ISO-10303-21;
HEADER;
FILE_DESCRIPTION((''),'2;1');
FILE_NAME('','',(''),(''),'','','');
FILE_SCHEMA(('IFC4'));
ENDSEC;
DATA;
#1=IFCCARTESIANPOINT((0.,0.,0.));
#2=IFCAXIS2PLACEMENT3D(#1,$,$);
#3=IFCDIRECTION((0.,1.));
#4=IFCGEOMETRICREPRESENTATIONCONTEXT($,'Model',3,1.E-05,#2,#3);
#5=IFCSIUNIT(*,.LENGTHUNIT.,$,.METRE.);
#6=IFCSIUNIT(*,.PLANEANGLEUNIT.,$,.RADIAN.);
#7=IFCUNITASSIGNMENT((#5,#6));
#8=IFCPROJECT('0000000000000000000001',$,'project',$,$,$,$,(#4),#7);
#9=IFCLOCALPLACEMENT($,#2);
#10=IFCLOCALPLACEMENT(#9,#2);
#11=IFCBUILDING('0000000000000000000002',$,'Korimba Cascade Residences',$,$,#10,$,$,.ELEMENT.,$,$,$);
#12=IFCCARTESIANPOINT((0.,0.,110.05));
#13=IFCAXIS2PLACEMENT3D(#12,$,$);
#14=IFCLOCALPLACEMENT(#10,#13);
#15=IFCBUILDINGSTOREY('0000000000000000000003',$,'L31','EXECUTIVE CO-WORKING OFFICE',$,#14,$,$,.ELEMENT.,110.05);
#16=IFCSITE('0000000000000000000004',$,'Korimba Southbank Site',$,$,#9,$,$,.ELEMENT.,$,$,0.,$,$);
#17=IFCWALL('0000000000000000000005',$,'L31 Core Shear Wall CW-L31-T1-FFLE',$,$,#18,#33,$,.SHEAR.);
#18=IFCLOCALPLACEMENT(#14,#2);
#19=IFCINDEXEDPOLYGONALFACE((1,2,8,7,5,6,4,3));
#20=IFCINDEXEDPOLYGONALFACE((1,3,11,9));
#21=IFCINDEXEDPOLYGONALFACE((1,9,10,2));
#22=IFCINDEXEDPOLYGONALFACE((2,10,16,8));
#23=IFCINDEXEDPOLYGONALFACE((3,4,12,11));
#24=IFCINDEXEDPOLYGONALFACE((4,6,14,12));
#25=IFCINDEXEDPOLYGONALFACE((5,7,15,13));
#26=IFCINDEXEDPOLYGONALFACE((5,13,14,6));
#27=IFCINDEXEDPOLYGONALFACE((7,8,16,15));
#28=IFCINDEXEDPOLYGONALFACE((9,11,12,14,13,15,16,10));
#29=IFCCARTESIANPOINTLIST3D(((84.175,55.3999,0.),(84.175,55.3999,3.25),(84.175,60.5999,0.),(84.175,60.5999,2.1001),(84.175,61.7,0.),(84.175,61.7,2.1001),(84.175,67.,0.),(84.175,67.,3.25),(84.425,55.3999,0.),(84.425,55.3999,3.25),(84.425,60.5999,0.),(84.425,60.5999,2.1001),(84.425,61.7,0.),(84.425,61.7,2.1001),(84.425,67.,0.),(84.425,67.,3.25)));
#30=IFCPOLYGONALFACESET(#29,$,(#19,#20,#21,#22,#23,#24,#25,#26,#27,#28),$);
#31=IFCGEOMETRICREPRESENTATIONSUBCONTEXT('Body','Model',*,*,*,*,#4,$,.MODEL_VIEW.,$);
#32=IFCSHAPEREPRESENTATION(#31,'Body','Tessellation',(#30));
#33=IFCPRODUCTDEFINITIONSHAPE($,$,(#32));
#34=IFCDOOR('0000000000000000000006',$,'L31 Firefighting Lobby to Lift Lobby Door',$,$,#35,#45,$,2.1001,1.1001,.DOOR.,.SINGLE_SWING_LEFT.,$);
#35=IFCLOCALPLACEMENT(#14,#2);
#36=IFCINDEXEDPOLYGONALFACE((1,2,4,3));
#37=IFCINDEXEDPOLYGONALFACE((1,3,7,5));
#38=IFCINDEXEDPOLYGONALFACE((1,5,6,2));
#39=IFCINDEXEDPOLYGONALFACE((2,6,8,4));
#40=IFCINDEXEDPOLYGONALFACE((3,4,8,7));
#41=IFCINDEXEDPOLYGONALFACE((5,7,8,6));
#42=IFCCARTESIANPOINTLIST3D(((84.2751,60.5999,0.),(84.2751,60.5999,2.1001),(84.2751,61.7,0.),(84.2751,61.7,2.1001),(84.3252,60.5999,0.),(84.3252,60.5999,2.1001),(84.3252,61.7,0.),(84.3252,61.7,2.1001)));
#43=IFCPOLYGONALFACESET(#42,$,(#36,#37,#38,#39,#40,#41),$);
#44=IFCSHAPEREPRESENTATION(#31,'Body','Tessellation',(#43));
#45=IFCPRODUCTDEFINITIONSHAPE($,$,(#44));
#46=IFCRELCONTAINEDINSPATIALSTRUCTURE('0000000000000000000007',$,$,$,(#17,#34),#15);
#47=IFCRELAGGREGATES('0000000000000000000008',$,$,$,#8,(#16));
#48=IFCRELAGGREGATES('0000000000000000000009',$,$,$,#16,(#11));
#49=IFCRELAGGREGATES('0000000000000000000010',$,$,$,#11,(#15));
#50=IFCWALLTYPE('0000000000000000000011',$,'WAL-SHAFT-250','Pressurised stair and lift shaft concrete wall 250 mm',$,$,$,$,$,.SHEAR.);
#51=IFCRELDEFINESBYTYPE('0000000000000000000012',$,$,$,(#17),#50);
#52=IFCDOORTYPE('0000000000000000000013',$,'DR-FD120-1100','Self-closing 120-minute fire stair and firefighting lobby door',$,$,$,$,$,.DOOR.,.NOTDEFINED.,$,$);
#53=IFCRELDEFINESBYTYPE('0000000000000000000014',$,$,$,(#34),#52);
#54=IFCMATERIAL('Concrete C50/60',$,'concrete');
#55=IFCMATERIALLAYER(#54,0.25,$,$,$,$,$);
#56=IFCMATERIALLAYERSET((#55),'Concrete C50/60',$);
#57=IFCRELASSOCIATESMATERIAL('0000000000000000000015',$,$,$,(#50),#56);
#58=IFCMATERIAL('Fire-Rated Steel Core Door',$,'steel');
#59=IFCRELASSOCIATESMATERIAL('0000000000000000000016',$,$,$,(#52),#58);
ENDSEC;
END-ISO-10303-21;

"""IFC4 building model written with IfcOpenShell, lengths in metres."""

from ifc_helpers import new_model, si_unit, direction, frame, frame_2d, origin, place, context, subcontext, project, spatial, rectangle, extrude, material, layer, layer_set, type_object, element, fill, save


model = new_model("IFC4")

# Units and contexts
model_context = context("Model", 3, precision=1e-05, world=origin(), true_north=direction((0.0, 1.0)))
body_context = subcontext(model_context, "Body", "Model", "MODEL_VIEW")
ifc_project = project(units=[si_unit("LENGTHUNIT", "METRE"), si_unit("PLANEANGLEUNIT", "RADIAN")], contexts=[model_context])

# Site, building, storey
site_placement = place(None, origin())
site = spatial("IfcSite", under=ifc_project, at=site_placement, Name="Korimba Southbank Site", CompositionType="ELEMENT", RefElevation=0.0)
building_placement = place(site_placement, origin())
building = spatial("IfcBuilding", under=site, at=building_placement, Name="Korimba Cascade Residences", CompositionType="ELEMENT")
storey_placement = place(building_placement, frame((0.0, 0.0, 110.05)))
storey = spatial("IfcBuildingStorey", under=building, at=storey_placement, Name="L31", Description="EXECUTIVE CO-WORKING OFFICE", CompositionType="ELEMENT", Elevation=110.05)

# Shared definitions
ifc_material_1 = material(Name="Concrete C50/60", Category="concrete")
ifc_layer_1 = layer(ifc_material_1, 0.25)
ifc_layer_set_1 = layer_set([ifc_layer_1], Name="Concrete C50/60")
wall_type_1 = type_object("IfcWallType", Name="WAL-SHAFT-250", Description="Pressurised stair and lift shaft concrete wall 250 mm", PredefinedType="SHEAR", material=ifc_layer_set_1)
ifc_material_2 = material(Name="Fire-Rated Steel Core Door", Category="steel")
door_type_1 = type_object("IfcDoorType", Name="DR-FD120-1100", Description="Self-closing 120-minute fire stair and firefighting lobby door", OperationType="NOTDEFINED", PredefinedType="DOOR", material=ifc_material_2)

# Wall, opening, door
wall_1_placement = place(storey_placement, frame((84.3, 55.3999, 0.0), z_axis=(0.0, 0.0, 1.0), x_axis=(0.0, 1.0, 0.0)))
wall_1 = element("IfcWall", 1, at=wall_1_placement, inside=storey, type_object=wall_type_1, Name="L31 Core Shear Wall CW-L31-T1-FFLE", PredefinedType="SHEAR", context=body_context, shape_type="SweptSolid", body=[
    extrude(rectangle(XDim=11.6001, YDim=0.25, at=frame_2d((5.8, 0.0))), origin(), (0.0, 0.0, 1.0), 3.25),
])
opening_1_placement = place(wall_1_placement, frame((5.2, 0.0, 0.0)))
opening_1 = element("IfcOpeningElement", 2, at=opening_1_placement, cuts=wall_1, PredefinedType="OPENING", context=body_context, shape_type="SweptSolid", body=[
    extrude(rectangle(XDim=1.1001, YDim=2.1001, at=frame_2d((0.55, 1.05))), frame((0.0, 0.135, 0.0), z_axis=(0.0, -1.0, 0.0), x_axis=(1.0, 0.0, 0.0)), (0.0, 0.0, 1.0), 0.27),
])
door_1_placement = place(opening_1_placement, origin())
door_1 = element("IfcDoor", 3, at=door_1_placement, inside=storey, type_object=door_type_1, Name="L31 Firefighting Lobby to Lift Lobby Door", OperationType="SINGLE_SWING_LEFT", OverallHeight=2.1001, OverallWidth=1.1001, PredefinedType="DOOR", context=body_context, shape_type="SweptSolid", body=[
    extrude(rectangle(XDim=1.1001, YDim=2.1001, at=frame_2d((0.55, 1.05))), frame((0.0, 0.0249, 0.0), z_axis=(0.0, -1.0, 0.0), x_axis=(1.0, 0.0, 0.0)), (0.0, 0.0, 1.0), 0.05),
])
fill(opening_1, door_1)

save(model, "model.ifc")
